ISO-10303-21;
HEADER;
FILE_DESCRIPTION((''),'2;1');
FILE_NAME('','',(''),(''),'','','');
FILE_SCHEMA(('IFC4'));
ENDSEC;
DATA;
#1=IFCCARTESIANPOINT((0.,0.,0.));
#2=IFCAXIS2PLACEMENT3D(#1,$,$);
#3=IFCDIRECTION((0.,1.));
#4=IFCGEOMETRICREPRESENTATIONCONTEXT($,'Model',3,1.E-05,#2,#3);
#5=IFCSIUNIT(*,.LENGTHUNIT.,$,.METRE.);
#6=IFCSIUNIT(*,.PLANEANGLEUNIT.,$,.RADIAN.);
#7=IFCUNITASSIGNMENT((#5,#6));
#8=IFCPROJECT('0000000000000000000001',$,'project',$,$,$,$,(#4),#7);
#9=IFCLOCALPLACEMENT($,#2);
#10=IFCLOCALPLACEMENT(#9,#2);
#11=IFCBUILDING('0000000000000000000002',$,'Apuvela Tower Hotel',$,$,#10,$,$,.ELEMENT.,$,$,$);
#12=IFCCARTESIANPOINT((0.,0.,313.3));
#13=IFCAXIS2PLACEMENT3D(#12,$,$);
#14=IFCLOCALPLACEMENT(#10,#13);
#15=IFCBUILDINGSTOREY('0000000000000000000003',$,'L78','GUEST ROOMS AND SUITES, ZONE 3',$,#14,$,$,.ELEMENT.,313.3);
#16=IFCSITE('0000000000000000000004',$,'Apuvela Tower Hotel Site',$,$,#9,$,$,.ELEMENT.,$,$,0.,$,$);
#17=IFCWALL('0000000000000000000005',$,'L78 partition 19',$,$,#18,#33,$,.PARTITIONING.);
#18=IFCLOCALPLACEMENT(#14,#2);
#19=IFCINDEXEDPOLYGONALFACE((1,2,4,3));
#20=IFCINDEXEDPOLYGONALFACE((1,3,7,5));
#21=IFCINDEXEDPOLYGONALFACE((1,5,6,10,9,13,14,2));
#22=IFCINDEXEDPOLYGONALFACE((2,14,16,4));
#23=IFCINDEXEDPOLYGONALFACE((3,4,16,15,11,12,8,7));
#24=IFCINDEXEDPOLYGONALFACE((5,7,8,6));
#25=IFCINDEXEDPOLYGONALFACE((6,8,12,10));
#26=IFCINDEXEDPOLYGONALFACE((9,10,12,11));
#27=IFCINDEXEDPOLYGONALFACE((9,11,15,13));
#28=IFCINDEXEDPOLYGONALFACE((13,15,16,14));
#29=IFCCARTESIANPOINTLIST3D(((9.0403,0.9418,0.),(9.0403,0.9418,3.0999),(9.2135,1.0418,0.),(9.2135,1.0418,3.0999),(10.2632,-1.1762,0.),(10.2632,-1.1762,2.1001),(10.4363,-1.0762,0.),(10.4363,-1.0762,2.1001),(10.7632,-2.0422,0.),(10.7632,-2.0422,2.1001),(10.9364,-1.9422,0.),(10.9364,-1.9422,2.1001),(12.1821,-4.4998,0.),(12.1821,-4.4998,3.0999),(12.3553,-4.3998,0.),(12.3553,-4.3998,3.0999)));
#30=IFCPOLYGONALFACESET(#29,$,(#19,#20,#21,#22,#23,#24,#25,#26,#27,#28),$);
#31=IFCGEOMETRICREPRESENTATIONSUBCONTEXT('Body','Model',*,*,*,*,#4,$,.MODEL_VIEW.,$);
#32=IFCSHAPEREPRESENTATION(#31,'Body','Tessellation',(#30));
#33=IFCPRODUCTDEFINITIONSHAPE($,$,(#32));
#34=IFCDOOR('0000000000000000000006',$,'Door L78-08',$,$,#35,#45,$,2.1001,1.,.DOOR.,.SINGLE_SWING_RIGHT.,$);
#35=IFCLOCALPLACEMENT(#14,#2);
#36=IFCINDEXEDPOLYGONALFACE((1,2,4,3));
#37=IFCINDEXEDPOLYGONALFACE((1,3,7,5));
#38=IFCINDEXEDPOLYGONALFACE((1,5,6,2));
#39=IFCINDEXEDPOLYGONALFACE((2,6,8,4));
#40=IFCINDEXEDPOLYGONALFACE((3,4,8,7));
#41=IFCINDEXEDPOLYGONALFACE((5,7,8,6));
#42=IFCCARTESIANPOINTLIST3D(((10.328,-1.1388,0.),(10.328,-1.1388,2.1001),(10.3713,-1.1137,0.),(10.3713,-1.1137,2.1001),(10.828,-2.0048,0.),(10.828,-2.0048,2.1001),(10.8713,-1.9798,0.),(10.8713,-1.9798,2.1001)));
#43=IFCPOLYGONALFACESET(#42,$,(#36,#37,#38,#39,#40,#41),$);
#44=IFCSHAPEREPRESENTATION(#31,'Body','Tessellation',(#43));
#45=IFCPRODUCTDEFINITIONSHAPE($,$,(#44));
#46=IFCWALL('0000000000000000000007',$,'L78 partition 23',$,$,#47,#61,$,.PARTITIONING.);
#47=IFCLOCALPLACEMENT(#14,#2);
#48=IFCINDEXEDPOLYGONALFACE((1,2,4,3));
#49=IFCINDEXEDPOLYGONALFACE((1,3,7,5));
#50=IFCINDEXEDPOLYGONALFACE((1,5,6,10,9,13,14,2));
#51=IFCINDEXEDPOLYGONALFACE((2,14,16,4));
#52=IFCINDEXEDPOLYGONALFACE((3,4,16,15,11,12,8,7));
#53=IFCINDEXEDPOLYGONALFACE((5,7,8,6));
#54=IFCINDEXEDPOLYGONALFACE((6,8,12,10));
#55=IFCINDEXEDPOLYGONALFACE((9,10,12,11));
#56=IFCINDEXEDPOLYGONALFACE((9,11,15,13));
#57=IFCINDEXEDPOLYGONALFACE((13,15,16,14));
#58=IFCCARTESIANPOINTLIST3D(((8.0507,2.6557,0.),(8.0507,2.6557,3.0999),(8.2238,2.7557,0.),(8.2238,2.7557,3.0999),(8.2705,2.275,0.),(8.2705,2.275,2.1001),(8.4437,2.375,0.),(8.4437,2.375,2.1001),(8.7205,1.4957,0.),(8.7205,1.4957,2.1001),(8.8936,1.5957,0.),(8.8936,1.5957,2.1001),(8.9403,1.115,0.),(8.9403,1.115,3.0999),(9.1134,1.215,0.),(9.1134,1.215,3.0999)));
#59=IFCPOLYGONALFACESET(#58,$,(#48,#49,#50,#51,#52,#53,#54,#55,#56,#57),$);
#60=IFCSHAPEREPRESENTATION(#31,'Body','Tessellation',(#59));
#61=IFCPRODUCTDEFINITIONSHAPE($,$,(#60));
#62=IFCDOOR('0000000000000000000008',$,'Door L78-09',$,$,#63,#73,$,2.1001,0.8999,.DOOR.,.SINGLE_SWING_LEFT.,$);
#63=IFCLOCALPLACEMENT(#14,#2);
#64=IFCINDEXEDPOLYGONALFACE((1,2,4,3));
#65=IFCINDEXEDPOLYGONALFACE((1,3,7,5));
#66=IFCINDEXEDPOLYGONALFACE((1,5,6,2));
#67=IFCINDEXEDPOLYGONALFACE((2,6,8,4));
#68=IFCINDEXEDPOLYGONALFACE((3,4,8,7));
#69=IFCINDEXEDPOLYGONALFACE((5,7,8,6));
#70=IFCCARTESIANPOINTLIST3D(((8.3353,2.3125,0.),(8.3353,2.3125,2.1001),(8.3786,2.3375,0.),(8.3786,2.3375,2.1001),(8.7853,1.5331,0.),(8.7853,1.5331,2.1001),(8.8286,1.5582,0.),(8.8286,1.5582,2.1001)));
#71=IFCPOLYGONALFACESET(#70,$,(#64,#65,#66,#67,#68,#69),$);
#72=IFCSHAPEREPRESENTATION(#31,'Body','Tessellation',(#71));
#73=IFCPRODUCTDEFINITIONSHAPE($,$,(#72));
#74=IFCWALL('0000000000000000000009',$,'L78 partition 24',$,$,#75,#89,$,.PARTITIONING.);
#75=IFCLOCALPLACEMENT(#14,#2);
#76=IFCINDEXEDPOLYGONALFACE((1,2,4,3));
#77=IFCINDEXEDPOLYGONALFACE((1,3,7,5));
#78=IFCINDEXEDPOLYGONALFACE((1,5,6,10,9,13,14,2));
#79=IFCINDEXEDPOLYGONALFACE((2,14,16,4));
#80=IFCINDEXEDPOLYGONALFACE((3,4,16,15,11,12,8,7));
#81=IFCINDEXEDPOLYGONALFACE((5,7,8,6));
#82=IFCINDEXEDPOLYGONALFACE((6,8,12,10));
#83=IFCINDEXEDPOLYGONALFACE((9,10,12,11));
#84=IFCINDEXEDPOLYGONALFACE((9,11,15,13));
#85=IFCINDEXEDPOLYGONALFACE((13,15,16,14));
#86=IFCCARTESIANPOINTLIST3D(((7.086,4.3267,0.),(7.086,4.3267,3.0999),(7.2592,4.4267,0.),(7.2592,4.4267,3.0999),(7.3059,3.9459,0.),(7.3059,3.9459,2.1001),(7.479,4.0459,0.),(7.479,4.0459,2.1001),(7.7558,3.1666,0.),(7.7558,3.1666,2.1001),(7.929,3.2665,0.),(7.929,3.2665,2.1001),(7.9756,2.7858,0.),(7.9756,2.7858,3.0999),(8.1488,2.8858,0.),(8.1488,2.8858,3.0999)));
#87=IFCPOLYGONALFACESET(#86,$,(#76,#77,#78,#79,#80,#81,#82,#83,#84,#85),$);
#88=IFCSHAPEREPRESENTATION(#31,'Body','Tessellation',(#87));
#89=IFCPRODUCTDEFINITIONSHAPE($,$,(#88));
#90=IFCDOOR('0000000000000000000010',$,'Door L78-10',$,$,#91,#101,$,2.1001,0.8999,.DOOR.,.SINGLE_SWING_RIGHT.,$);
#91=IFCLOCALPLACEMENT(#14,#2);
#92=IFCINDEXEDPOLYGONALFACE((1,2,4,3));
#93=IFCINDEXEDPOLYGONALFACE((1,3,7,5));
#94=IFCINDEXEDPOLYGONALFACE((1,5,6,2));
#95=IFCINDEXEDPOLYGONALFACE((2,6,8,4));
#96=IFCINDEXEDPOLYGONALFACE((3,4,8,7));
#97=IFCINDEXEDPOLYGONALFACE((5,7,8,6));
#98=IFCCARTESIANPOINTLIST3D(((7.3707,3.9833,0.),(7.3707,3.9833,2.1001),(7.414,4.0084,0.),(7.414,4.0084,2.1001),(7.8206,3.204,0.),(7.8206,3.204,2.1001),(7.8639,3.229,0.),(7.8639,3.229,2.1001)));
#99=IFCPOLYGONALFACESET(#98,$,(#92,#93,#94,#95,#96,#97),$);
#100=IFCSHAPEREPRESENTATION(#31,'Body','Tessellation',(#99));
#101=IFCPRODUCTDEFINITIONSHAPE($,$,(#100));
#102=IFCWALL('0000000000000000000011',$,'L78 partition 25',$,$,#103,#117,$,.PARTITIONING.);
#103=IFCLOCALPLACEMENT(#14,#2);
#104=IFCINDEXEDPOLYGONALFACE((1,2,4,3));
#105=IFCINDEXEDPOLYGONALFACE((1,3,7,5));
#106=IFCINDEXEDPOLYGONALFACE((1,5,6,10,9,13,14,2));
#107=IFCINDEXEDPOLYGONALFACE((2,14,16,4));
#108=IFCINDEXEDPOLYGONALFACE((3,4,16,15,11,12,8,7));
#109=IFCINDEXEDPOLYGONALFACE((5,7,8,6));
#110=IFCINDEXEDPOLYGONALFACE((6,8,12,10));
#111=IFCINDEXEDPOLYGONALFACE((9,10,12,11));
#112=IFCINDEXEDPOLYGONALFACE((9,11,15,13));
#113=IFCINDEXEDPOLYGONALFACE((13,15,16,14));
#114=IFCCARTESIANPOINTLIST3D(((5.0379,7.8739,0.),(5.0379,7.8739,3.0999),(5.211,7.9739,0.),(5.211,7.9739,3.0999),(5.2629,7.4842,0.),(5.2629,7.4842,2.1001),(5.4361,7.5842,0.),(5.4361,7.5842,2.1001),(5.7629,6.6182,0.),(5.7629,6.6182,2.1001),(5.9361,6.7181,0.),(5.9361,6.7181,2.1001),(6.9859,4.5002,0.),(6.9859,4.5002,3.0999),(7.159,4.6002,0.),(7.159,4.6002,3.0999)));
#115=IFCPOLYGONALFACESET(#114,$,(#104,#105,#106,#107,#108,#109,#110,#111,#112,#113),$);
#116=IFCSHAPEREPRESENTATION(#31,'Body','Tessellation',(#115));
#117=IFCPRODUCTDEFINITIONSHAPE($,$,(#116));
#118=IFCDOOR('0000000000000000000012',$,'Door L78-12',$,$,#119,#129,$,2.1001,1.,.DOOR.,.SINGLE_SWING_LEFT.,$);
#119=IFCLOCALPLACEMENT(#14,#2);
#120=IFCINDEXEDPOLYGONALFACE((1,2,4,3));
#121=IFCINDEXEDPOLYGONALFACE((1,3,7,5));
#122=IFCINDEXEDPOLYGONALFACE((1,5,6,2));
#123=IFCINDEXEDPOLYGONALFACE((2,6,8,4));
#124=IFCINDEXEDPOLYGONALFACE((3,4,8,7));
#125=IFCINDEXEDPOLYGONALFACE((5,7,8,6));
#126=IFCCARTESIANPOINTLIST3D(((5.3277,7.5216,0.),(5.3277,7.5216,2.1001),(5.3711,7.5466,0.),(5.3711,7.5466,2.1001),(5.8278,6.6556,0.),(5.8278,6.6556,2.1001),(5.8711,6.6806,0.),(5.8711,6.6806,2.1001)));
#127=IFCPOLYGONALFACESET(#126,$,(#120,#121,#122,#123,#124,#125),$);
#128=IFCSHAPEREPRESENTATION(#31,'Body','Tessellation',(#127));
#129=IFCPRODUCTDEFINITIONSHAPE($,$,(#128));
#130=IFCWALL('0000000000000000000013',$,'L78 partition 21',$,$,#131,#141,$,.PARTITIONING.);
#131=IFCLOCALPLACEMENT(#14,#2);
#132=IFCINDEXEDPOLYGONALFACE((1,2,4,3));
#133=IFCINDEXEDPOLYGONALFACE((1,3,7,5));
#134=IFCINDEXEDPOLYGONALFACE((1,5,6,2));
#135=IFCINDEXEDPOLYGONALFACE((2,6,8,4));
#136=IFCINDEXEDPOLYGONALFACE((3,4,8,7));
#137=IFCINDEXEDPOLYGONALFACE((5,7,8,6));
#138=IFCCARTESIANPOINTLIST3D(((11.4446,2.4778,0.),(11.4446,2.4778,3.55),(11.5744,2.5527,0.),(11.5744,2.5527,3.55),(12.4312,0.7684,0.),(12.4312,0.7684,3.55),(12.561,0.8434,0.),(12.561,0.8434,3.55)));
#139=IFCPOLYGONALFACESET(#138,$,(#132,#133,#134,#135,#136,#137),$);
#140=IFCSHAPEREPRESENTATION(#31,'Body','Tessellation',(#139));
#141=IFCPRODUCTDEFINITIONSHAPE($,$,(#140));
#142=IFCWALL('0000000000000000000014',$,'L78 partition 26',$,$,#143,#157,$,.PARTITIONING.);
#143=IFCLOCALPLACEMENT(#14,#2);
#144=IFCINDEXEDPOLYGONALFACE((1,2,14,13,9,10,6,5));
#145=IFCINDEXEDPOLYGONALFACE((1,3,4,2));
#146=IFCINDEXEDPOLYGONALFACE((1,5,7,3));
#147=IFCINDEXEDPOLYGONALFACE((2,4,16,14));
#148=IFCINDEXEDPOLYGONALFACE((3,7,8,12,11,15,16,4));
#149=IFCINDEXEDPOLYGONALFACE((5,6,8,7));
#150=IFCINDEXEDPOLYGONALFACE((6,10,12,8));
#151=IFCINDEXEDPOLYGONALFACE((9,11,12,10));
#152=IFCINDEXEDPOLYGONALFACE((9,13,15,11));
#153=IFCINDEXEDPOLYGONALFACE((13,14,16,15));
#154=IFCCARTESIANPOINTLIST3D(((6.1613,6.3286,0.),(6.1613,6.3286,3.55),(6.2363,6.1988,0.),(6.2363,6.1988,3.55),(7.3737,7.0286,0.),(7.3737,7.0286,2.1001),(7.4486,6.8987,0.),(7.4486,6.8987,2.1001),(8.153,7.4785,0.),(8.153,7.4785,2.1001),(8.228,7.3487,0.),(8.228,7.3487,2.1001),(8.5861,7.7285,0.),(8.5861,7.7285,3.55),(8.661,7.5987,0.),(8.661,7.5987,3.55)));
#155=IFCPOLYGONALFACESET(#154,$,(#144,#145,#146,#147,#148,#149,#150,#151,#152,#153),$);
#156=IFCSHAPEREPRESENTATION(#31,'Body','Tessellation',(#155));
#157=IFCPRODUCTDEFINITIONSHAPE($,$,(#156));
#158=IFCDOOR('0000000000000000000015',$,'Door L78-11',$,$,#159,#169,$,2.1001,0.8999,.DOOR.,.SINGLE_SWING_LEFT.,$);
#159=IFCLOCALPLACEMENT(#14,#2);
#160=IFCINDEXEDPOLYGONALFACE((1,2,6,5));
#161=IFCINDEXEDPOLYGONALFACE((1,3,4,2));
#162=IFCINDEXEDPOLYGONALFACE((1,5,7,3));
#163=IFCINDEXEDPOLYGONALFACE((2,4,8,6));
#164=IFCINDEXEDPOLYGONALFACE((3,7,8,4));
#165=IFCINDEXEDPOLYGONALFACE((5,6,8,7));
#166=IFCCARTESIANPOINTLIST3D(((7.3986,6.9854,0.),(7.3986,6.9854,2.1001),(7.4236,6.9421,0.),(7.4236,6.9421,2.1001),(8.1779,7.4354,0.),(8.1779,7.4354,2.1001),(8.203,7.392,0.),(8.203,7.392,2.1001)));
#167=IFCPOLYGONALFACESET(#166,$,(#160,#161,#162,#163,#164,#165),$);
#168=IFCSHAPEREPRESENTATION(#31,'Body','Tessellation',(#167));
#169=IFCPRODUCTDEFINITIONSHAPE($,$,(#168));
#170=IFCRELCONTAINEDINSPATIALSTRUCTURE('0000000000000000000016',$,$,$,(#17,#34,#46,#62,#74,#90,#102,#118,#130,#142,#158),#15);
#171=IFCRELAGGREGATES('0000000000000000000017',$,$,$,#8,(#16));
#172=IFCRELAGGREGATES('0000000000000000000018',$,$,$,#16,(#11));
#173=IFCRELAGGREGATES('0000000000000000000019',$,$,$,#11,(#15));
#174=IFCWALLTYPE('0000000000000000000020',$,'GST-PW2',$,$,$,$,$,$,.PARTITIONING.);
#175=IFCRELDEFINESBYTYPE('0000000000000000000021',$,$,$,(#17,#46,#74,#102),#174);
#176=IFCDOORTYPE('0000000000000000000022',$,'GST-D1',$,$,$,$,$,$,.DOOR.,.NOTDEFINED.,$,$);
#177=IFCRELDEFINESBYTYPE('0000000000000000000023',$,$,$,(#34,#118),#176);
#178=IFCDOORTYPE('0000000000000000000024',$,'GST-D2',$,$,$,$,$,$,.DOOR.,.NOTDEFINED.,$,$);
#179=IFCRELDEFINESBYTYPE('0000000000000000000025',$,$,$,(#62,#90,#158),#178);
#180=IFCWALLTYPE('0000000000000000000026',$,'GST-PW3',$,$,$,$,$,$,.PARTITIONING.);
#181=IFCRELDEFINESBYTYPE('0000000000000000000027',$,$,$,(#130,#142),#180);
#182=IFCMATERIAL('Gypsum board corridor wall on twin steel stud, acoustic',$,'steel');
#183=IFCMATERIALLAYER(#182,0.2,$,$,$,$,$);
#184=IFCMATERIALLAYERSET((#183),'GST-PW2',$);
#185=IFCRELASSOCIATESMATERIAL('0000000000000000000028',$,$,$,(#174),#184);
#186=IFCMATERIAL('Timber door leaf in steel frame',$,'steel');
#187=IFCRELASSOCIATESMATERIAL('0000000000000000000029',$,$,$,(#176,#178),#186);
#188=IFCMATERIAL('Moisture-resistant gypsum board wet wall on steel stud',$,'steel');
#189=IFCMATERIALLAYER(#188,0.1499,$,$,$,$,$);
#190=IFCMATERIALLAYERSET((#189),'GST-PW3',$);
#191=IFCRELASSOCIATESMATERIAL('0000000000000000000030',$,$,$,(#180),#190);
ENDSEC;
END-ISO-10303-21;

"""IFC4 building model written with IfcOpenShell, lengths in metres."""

from ifc_helpers import new_model, si_unit, direction, frame, frame_2d, origin, place, context, subcontext, project, spatial, rectangle, extrude, material, layer, layer_set, type_object, element, fill, save


model = new_model("IFC4")

# Units and contexts
model_context = context("Model", 3, precision=1e-05, world=origin(), true_north=direction((0.0, 1.0)))
body_context = subcontext(model_context, "Body", "Model", "MODEL_VIEW")
ifc_project = project(units=[si_unit("LENGTHUNIT", "METRE"), si_unit("PLANEANGLEUNIT", "RADIAN")], contexts=[model_context])

# Site, building, storey
site_placement = place(None, origin())
site = spatial("IfcSite", under=ifc_project, at=site_placement, Name="Apuvela Tower Hotel Site", CompositionType="ELEMENT", RefElevation=0.0)
building_placement = place(site_placement, origin())
building = spatial("IfcBuilding", under=site, at=building_placement, Name="Apuvela Tower Hotel", CompositionType="ELEMENT")
storey_placement = place(building_placement, frame((0.0, 0.0, 313.3)))
storey = spatial("IfcBuildingStorey", under=building, at=storey_placement, Name="L78", Description="GUEST ROOMS AND SUITES, ZONE 3", CompositionType="ELEMENT", Elevation=313.3)

# Walls, openings, doors
ifc_material_1 = material(Name="Gypsum board corridor wall on twin steel stud, acoustic", Category="steel")
ifc_layer_1 = layer(ifc_material_1, 0.2)
ifc_layer_set_1 = layer_set([ifc_layer_1], Name="GST-PW2")
wall_type_1 = type_object("IfcWallType", Name="GST-PW2", PredefinedType="PARTITIONING", material=ifc_layer_set_1)
wall_1_placement = place(storey_placement, frame((9.127, 0.9917, 0.0), z_axis=(0.0, 0.0, 1.0), x_axis=(0.500013, -0.866018, 0.0)))
wall_1 = element("IfcWall", 1, at=wall_1_placement, inside=storey, type_object=wall_type_1, Name="L78 partition 19", PredefinedType="PARTITIONING", context=body_context, shape_type="SweptSolid", body=[
    extrude(rectangle(XDim=6.2834, YDim=0.2, at=frame_2d((3.1416, 0.0))), origin(), (0.0, 0.0, 1.0), 3.0999),
])
opening_1_placement = place(wall_1_placement, frame((2.4456, 0.0, 0.0)))
opening_1 = element("IfcOpeningElement", 2, at=opening_1_placement, cuts=wall_1, PredefinedType="OPENING", context=body_context, shape_type="SweptSolid", body=[
    extrude(rectangle(XDim=1.0, YDim=2.1001, at=frame_2d((0.5, 1.05))), frame((0.0, 0.1099, 0.0), z_axis=(0.0, -1.0, 0.0), x_axis=(1.0, 0.0, 0.0)), (0.0, 0.0, 1.0), 0.22),
])
ifc_material_2 = material(Name="Timber door leaf in steel frame", Category="steel")
door_type_1 = type_object("IfcDoorType", Name="GST-D1", OperationType="NOTDEFINED", PredefinedType="DOOR", material=ifc_material_2)
door_1_placement = place(opening_1_placement, origin())
door_1 = element("IfcDoor", 3, at=door_1_placement, inside=storey, type_object=door_type_1, Name="Door L78-08", OperationType="SINGLE_SWING_RIGHT", OverallHeight=2.1001, OverallWidth=1.0, PredefinedType="DOOR", context=body_context, shape_type="SweptSolid", body=[
    extrude(rectangle(XDim=1.0, YDim=2.1001, at=frame_2d((0.5, 1.05))), frame((0.0, 0.0249, 0.0), z_axis=(0.0, -1.0, 0.0), x_axis=(1.0, 0.0, 0.0)), (0.0, 0.0, 1.0), 0.05),
])
fill(opening_1, door_1)
wall_2_placement = place(storey_placement, frame((8.1372, 2.7058, 0.0), z_axis=(0.0, 0.0, 1.0), x_axis=(0.500035, -0.866005, 0.0)))
wall_2 = element("IfcWall", 4, at=wall_2_placement, inside=storey, type_object=wall_type_1, Name="L78 partition 23", PredefinedType="PARTITIONING", context=body_context, shape_type="SweptSolid", body=[
    extrude(rectangle(XDim=1.7791, YDim=0.2, at=frame_2d((0.8896, 0.0))), origin(), (0.0, 0.0, 1.0), 3.0999),
])
opening_2_placement = place(wall_2_placement, frame((0.4397, 0.0, 0.0)))
opening_2 = element("IfcOpeningElement", 5, at=opening_2_placement, cuts=wall_2, PredefinedType="OPENING", context=body_context, shape_type="SweptSolid", body=[
    extrude(rectangle(XDim=0.8999, YDim=2.1001, at=frame_2d((0.45, 1.05))), frame((0.0, 0.1099, 0.0), z_axis=(0.0, -1.0, 0.0), x_axis=(1.0, 0.0, 0.0)), (0.0, 0.0, 1.0), 0.22),
])
door_type_2 = type_object("IfcDoorType", Name="GST-D2", OperationType="NOTDEFINED", PredefinedType="DOOR", material=ifc_material_2)
door_2_placement = place(opening_2_placement, origin())
door_2 = element("IfcDoor", 6, at=door_2_placement, inside=storey, type_object=door_type_2, Name="Door L78-09", OperationType="SINGLE_SWING_LEFT", OverallHeight=2.1001, OverallWidth=0.8999, PredefinedType="DOOR", context=body_context, shape_type="SweptSolid", body=[
    extrude(rectangle(XDim=0.8999, YDim=2.1001, at=frame_2d((0.45, 1.05))), frame((0.0, 0.0249, 0.0), z_axis=(0.0, -1.0, 0.0), x_axis=(1.0, 0.0, 0.0)), (0.0, 0.0, 1.0), 0.05),
])
fill(opening_2, door_2)
wall_3_placement = place(storey_placement, frame((7.1726, 4.3767, 0.0), z_axis=(0.0, 0.0, 1.0), x_axis=(0.499976, -0.866039, 0.0)))
wall_3 = element("IfcWall", 7, at=wall_3_placement, inside=storey, type_object=wall_type_1, Name="L78 partition 24", PredefinedType="PARTITIONING", context=body_context, shape_type="SweptSolid", body=[
    extrude(rectangle(XDim=1.7793, YDim=0.2, at=frame_2d((0.8896, 0.0))), origin(), (0.0, 0.0, 1.0), 3.0999),
])
opening_3_placement = place(wall_3_placement, frame((0.4397, 0.0, 0.0)))
opening_3 = element("IfcOpeningElement", 8, at=opening_3_placement, cuts=wall_3, PredefinedType="OPENING", context=body_context, shape_type="SweptSolid", body=[
    extrude(rectangle(XDim=0.8999, YDim=2.1001, at=frame_2d((0.45, 1.05))), frame((0.0, 0.1099, 0.0), z_axis=(0.0, -1.0, 0.0), x_axis=(1.0, 0.0, 0.0)), (0.0, 0.0, 1.0), 0.22),
])
door_3_placement = place(opening_3_placement, origin())
door_3 = element("IfcDoor", 9, at=door_3_placement, inside=storey, type_object=door_type_2, Name="Door L78-10", OperationType="SINGLE_SWING_RIGHT", OverallHeight=2.1001, OverallWidth=0.8999, PredefinedType="DOOR", context=body_context, shape_type="SweptSolid", body=[
    extrude(rectangle(XDim=0.8999, YDim=2.1001, at=frame_2d((0.45, 1.05))), frame((0.0, 0.0249, 0.0), z_axis=(0.0, -1.0, 0.0), x_axis=(1.0, 0.0, 0.0)), (0.0, 0.0, 1.0), 0.05),
])
fill(opening_3, door_3)
wall_4_placement = place(storey_placement, frame((5.1245, 7.9238, 0.0), z_axis=(0.0, 0.0, 1.0), x_axis=(0.500028, -0.866009, 0.0)))
wall_4 = element("IfcWall", 10, at=wall_4_placement, inside=storey, type_object=wall_type_1, Name="L78 partition 25", PredefinedType="PARTITIONING", context=body_context, shape_type="SweptSolid", body=[
    extrude(rectangle(XDim=3.8958, YDim=0.2, at=frame_2d((1.9478, 0.0))), origin(), (0.0, 0.0, 1.0), 3.0999),
])
opening_4_placement = place(wall_4_placement, frame((0.45, 0.0, 0.0)))
opening_4 = element("IfcOpeningElement", 11, at=opening_4_placement, cuts=wall_4, PredefinedType="OPENING", context=body_context, shape_type="SweptSolid", body=[
    extrude(rectangle(XDim=1.0, YDim=2.1001, at=frame_2d((0.5, 1.05))), frame((0.0, 0.1099, 0.0), z_axis=(0.0, -1.0, 0.0), x_axis=(1.0, 0.0, 0.0)), (0.0, 0.0, 1.0), 0.22),
])
door_4_placement = place(opening_4_placement, origin())
door_4 = element("IfcDoor", 12, at=door_4_placement, inside=storey, type_object=door_type_1, Name="Door L78-12", OperationType="SINGLE_SWING_LEFT", OverallHeight=2.1001, OverallWidth=1.0, PredefinedType="DOOR", context=body_context, shape_type="SweptSolid", body=[
    extrude(rectangle(XDim=1.0, YDim=2.1001, at=frame_2d((0.5, 1.05))), frame((0.0, 0.0249, 0.0), z_axis=(0.0, -1.0, 0.0), x_axis=(1.0, 0.0, 0.0)), (0.0, 0.0, 1.0), 0.05),
])
fill(opening_4, door_4)

# Wall
ifc_material_3 = material(Name="Moisture-resistant gypsum board wet wall on steel stud", Category="steel")
ifc_layer_2 = layer(ifc_material_3, 0.1499)
ifc_layer_set_2 = layer_set([ifc_layer_2], Name="GST-PW3")
wall_type_2 = type_object("IfcWallType", Name="GST-PW3", PredefinedType="PARTITIONING", material=ifc_layer_set_2)
wall_5_placement = place(storey_placement, frame((12.4961, 0.8059, 0.0), z_axis=(0.0, 0.0, 1.0), x_axis=(-0.499905, 0.866081, 0.0)))
element("IfcWall", 13, at=wall_5_placement, inside=storey, type_object=wall_type_2, Name="L78 partition 21", PredefinedType="PARTITIONING", context=body_context, shape_type="SweptSolid", body=[
    extrude(rectangle(XDim=1.9736, YDim=0.1499, at=frame_2d((0.9868, 0.0))), origin(), (0.0, 0.0, 1.0), 3.55),
])

# Wall, opening, door
wall_6_placement = place(storey_placement, frame((8.6235, 7.6636, 0.0), z_axis=(0.0, 0.0, 1.0), x_axis=(-0.866035, -0.499984, 0.0)))
wall_6 = element("IfcWall", 14, at=wall_6_placement, inside=storey, type_object=wall_type_2, Name="L78 partition 26", PredefinedType="PARTITIONING", context=body_context, shape_type="SweptSolid", body=[
    extrude(rectangle(XDim=2.7998, YDim=0.1499, at=frame_2d((1.3999, 0.0))), origin(), (0.0, 0.0, 1.0), 3.55),
])
opening_5_placement = place(wall_6_placement, frame((0.5, 0.0, 0.0)))
opening_5 = element("IfcOpeningElement", 15, at=opening_5_placement, cuts=wall_6, PredefinedType="OPENING", context=body_context, shape_type="SweptSolid", body=[
    extrude(rectangle(XDim=0.8999, YDim=2.1001, at=frame_2d((0.45, 1.05))), frame((0.0, 0.085, 0.0), z_axis=(0.0, -1.0, 0.0), x_axis=(1.0, 0.0, 0.0)), (0.0, 0.0, 1.0), 0.1699),
])
door_5_placement = place(opening_5_placement, origin())
door_5 = element("IfcDoor", 16, at=door_5_placement, inside=storey, type_object=door_type_2, Name="Door L78-11", OperationType="SINGLE_SWING_LEFT", OverallHeight=2.1001, OverallWidth=0.8999, PredefinedType="DOOR", context=body_context, shape_type="SweptSolid", body=[
    extrude(rectangle(XDim=0.8999, YDim=2.1001, at=frame_2d((0.45, 1.05))), frame((0.0, 0.0249, 0.0), z_axis=(0.0, -1.0, 0.0), x_axis=(1.0, 0.0, 0.0)), (0.0, 0.0, 1.0), 0.05),
])
fill(opening_5, door_5)

save(model, "model.ifc")
